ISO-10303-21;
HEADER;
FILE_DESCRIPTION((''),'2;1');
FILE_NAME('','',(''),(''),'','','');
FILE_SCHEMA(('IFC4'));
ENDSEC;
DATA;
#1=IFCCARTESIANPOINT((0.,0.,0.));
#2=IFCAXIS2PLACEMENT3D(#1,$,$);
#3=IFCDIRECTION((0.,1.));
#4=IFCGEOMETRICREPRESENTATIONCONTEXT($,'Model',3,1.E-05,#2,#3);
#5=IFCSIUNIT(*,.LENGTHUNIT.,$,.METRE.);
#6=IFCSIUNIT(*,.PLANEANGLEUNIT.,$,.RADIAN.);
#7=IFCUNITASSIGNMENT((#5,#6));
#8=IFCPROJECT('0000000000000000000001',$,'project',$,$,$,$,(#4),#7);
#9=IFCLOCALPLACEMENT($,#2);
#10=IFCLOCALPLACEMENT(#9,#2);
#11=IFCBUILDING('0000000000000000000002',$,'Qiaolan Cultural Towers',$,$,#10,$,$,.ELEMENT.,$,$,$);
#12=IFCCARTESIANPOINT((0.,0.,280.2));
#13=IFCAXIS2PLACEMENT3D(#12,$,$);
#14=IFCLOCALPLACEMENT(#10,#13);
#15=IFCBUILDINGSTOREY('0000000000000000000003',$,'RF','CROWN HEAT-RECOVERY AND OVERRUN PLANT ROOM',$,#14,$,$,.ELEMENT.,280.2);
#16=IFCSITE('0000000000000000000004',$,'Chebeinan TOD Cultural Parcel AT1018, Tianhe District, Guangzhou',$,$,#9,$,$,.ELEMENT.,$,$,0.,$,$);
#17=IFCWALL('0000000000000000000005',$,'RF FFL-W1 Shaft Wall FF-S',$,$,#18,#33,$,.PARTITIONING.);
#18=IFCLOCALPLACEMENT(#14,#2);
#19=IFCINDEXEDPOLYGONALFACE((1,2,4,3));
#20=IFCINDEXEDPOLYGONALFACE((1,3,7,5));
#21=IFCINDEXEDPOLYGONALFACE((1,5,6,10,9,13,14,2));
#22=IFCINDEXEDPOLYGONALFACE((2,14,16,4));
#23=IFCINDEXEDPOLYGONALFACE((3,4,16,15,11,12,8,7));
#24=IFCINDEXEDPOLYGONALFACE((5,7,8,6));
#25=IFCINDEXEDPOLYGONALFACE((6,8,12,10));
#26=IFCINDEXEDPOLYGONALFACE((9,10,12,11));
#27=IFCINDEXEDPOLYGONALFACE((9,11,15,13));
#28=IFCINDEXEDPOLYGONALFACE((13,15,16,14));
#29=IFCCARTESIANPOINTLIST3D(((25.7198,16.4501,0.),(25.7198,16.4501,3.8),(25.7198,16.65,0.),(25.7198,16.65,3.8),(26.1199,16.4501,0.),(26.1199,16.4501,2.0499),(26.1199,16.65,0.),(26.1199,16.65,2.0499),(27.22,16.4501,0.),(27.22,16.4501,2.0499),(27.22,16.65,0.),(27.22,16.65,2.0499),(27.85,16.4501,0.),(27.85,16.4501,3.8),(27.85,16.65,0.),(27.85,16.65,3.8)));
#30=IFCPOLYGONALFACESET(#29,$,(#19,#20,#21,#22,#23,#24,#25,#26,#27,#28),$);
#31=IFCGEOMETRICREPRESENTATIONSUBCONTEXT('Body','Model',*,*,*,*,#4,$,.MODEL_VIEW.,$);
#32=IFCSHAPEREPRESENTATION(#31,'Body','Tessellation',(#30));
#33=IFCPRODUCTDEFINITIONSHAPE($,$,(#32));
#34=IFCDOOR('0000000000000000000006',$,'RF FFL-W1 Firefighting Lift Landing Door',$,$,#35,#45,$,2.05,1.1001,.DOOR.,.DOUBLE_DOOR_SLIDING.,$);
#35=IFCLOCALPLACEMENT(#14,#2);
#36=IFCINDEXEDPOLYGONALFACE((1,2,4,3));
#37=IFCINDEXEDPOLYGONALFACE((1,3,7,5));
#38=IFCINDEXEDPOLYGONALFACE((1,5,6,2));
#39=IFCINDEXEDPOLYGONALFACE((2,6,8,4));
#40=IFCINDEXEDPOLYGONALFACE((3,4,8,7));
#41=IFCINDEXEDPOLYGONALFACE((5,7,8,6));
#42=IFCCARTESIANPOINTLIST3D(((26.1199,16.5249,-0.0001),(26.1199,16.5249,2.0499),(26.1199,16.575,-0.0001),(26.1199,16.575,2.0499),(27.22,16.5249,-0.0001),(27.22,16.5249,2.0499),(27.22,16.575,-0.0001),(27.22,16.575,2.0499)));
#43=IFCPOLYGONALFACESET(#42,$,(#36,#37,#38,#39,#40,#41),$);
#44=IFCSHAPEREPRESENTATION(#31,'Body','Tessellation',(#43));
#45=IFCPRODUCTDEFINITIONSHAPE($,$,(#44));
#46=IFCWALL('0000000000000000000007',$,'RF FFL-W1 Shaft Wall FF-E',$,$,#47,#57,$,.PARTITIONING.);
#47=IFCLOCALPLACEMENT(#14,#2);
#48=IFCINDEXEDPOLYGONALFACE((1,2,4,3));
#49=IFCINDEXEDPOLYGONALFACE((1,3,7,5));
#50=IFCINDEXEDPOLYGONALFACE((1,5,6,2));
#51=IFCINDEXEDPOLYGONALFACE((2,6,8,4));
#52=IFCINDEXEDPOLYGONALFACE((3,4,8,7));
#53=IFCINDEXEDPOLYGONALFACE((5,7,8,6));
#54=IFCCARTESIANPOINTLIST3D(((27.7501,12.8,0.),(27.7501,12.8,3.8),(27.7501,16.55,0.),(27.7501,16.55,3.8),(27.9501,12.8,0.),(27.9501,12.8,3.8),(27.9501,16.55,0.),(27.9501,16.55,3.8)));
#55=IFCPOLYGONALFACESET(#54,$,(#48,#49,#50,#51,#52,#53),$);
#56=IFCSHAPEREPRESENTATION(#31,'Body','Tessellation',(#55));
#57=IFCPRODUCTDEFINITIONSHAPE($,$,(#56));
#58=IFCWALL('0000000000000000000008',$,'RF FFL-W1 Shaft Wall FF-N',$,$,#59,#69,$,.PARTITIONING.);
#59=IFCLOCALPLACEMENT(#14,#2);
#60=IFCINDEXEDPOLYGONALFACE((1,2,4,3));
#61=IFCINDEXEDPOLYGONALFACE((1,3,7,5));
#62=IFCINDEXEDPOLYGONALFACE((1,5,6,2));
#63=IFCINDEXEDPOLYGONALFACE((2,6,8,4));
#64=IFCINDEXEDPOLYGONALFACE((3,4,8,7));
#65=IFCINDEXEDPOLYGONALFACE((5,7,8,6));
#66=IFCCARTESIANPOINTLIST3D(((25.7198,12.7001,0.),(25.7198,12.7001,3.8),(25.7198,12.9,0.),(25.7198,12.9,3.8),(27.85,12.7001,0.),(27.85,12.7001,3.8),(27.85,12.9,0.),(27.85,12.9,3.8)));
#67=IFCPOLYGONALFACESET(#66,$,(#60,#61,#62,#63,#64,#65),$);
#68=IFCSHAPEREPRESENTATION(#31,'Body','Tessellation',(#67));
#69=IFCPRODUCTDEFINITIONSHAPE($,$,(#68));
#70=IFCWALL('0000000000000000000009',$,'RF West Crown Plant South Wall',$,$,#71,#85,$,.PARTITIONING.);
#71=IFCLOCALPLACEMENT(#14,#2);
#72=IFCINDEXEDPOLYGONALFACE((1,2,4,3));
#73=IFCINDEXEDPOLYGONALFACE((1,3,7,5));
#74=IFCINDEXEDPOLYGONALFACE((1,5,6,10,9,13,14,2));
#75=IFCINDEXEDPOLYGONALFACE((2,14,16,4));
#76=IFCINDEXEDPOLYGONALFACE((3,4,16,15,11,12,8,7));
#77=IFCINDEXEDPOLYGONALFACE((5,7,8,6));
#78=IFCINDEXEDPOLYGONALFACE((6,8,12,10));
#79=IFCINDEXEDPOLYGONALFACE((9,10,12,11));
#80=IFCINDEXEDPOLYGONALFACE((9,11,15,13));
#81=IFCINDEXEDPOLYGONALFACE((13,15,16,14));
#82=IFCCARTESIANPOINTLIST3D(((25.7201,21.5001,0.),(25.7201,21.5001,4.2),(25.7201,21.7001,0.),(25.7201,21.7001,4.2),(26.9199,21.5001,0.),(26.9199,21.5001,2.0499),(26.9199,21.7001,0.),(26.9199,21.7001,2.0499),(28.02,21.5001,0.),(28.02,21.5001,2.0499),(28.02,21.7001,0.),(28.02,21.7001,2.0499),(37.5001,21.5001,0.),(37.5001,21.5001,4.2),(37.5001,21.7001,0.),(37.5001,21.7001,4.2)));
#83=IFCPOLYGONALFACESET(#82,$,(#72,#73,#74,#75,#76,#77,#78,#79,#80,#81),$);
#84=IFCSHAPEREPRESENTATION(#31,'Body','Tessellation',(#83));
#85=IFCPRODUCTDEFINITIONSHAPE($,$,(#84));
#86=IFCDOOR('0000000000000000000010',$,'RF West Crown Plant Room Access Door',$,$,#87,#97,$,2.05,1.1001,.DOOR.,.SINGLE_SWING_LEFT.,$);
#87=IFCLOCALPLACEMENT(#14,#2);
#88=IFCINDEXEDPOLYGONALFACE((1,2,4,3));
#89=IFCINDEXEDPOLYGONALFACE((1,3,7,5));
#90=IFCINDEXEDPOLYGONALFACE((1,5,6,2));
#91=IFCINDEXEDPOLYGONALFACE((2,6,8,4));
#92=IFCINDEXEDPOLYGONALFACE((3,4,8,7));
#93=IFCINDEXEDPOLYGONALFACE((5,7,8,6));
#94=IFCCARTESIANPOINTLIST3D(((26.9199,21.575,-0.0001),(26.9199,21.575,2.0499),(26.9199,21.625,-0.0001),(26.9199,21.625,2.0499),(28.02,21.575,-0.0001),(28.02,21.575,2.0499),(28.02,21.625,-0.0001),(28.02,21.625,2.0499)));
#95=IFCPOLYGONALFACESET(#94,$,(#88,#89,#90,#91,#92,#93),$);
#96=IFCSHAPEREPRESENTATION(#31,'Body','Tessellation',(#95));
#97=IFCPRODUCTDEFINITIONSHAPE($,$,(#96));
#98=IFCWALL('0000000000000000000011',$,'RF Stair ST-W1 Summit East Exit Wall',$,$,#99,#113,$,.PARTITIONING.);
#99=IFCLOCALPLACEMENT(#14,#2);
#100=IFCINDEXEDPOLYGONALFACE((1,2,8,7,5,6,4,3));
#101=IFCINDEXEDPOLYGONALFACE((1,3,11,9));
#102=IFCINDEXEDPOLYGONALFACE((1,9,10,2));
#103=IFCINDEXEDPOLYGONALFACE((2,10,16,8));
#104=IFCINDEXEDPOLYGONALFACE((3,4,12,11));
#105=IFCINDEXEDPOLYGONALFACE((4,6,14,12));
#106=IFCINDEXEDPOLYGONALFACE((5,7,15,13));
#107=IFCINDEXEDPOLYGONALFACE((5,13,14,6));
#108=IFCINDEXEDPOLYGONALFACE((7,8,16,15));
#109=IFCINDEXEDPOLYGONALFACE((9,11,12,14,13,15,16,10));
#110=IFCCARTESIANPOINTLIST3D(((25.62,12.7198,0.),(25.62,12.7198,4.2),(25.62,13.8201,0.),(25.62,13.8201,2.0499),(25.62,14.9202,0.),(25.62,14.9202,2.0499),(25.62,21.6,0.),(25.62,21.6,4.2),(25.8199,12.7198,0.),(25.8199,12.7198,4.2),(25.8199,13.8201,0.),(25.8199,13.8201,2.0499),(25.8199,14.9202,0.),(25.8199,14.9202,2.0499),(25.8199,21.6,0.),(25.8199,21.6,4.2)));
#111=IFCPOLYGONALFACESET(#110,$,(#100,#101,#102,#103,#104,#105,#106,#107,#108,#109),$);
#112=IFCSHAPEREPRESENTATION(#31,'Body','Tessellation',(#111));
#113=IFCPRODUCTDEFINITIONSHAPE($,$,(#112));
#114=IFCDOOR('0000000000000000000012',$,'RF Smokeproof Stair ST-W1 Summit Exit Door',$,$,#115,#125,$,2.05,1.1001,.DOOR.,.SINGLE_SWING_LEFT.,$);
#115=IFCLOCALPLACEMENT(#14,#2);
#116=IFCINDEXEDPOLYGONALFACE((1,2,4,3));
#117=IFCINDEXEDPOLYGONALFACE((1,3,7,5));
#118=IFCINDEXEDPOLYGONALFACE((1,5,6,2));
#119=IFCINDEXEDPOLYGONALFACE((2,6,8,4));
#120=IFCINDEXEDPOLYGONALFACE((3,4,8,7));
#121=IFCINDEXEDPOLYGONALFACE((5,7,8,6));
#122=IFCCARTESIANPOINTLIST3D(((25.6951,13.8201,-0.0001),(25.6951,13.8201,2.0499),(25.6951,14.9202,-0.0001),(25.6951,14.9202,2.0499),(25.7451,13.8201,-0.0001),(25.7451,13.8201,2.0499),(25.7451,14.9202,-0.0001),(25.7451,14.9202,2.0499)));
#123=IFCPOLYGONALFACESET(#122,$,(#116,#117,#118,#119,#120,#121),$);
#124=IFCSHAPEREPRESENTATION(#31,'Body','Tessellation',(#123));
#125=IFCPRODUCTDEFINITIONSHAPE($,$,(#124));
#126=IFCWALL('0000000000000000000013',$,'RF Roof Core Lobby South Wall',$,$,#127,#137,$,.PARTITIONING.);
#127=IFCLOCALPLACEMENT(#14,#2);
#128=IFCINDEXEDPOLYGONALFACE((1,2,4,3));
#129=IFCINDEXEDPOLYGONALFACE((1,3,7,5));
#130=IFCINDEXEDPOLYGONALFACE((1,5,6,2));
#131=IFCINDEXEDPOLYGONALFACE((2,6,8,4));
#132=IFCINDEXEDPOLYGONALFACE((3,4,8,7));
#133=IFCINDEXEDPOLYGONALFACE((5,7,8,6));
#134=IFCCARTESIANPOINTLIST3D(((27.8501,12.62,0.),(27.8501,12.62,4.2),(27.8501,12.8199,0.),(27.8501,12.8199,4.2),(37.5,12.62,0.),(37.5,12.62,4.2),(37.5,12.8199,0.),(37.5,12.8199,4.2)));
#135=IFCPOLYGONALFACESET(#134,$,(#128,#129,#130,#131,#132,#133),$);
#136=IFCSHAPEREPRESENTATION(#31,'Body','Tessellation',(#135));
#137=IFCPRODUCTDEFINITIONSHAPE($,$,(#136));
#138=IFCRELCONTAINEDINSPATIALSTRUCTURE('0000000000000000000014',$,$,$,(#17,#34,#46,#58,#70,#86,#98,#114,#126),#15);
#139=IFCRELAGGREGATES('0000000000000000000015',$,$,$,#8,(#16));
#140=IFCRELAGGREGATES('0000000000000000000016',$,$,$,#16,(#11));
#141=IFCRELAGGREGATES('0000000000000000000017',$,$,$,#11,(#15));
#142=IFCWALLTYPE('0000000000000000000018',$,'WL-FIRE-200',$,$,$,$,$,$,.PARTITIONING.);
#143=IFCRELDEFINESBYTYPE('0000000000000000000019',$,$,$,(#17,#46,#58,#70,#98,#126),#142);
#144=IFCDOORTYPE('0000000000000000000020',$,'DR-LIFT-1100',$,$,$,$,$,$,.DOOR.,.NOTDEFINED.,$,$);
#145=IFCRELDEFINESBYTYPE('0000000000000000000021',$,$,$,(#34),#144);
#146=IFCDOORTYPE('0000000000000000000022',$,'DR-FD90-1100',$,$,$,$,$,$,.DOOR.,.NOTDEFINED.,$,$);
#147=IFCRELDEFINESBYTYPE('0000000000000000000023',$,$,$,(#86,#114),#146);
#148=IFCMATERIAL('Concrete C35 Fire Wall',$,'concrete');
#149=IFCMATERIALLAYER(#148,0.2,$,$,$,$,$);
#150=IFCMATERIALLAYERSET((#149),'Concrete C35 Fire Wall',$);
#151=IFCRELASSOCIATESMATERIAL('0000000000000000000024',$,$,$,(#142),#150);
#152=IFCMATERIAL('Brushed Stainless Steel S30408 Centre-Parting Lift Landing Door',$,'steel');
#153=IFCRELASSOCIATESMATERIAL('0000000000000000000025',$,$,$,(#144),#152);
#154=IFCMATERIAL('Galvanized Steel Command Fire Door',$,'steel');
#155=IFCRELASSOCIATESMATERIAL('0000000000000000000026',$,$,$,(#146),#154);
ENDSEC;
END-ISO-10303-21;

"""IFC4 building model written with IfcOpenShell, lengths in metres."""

from ifc_helpers import new_model, si_unit, direction, frame, frame_2d, origin, place, context, subcontext, project, spatial, rectangle, extrude, material, layer, layer_set, type_object, element, fill, save


model = new_model("IFC4")

# Units and contexts
model_context = context("Model", 3, precision=1e-05, world=origin(), true_north=direction((0.0, 1.0)))
body_context = subcontext(model_context, "Body", "Model", "MODEL_VIEW")
ifc_project = project(units=[si_unit("LENGTHUNIT", "METRE"), si_unit("PLANEANGLEUNIT", "RADIAN")], contexts=[model_context])

# Site, building, storey
site_placement = place(None, origin())
site = spatial("IfcSite", under=ifc_project, at=site_placement, Name="Chebeinan TOD Cultural Parcel AT1018, Tianhe District, Guangzhou", CompositionType="ELEMENT", RefElevation=0.0)
building_placement = place(site_placement, origin())
building = spatial("IfcBuilding", under=site, at=building_placement, Name="Qiaolan Cultural Towers", CompositionType="ELEMENT")
storey_placement = place(building_placement, frame((0.0, 0.0, 280.2)))
storey = spatial("IfcBuildingStorey", under=building, at=storey_placement, Name="RF", Description="CROWN HEAT-RECOVERY AND OVERRUN PLANT ROOM", CompositionType="ELEMENT", Elevation=280.2)

# Wall, opening, door
ifc_material_1 = material(Name="Concrete C35 Fire Wall", Category="concrete")
ifc_layer_1 = layer(ifc_material_1, 0.2)
ifc_layer_set_1 = layer_set([ifc_layer_1], Name="Concrete C35 Fire Wall")
wall_type_1 = type_object("IfcWallType", Name="WL-FIRE-200", PredefinedType="PARTITIONING", material=ifc_layer_set_1)
wall_1_placement = place(storey_placement, frame((25.72, 16.55, 0.0), z_axis=(0.0, 0.0, 1.0), x_axis=(1.0, 0.0, 0.0)))
wall_1 = element("IfcWall", 1, at=wall_1_placement, inside=storey, type_object=wall_type_1, Name="RF FFL-W1 Shaft Wall FF-S", PredefinedType="PARTITIONING", context=body_context, shape_type="SweptSolid", body=[
    extrude(rectangle(XDim=2.1301, YDim=0.2, at=frame_2d((1.0649, 0.0))), origin(), (0.0, 0.0, 1.0), 3.8),
])
opening_1_placement = place(wall_1_placement, frame((0.3999, 0.0, 0.0)))
opening_1 = element("IfcOpeningElement", 2, at=opening_1_placement, cuts=wall_1, PredefinedType="OPENING", context=body_context, shape_type="SweptSolid", body=[
    extrude(rectangle(XDim=1.1001, YDim=2.05, at=frame_2d((0.55, 1.0249))), frame((0.0, 0.1099, 0.0), z_axis=(0.0, -1.0, 0.0), x_axis=(1.0, 0.0, 0.0)), (0.0, 0.0, 1.0), 0.22),
])
ifc_material_2 = material(Name="Brushed Stainless Steel S30408 Centre-Parting Lift Landing Door", Category="steel")
door_type_1 = type_object("IfcDoorType", Name="DR-LIFT-1100", OperationType="NOTDEFINED", PredefinedType="DOOR", material=ifc_material_2)
door_1_placement = place(opening_1_placement, origin())
door_1 = element("IfcDoor", 3, at=door_1_placement, inside=storey, type_object=door_type_1, Name="RF FFL-W1 Firefighting Lift Landing Door", OperationType="DOUBLE_DOOR_SLIDING", OverallHeight=2.05, OverallWidth=1.1001, PredefinedType="DOOR", context=body_context, shape_type="SweptSolid", body=[
    extrude(rectangle(XDim=1.1001, YDim=2.05, at=frame_2d((0.55, 1.0249))), frame((0.0, 0.0249, 0.0), z_axis=(0.0, -1.0, 0.0), x_axis=(1.0, 0.0, 0.0)), (0.0, 0.0, 1.0), 0.05),
])
fill(opening_1, door_1)

# Walls
wall_2_placement = place(storey_placement, frame((27.8501, 16.55, 0.0), z_axis=(0.0, 0.0, 1.0), x_axis=(0.0, -1.0, 0.0)))
element("IfcWall", 4, at=wall_2_placement, inside=storey, type_object=wall_type_1, Name="RF FFL-W1 Shaft Wall FF-E", PredefinedType="PARTITIONING", context=body_context, shape_type="SweptSolid", body=[
    extrude(rectangle(XDim=3.75, YDim=0.2, at=frame_2d((1.875, 0.0))), origin(), (0.0, 0.0, 1.0), 3.8),
])
wall_3_placement = place(storey_placement, frame((25.72, 12.8, 0.0), z_axis=(0.0, 0.0, 1.0), x_axis=(1.0, 0.0, 0.0)))
element("IfcWall", 5, at=wall_3_placement, inside=storey, type_object=wall_type_1, Name="RF FFL-W1 Shaft Wall FF-N", PredefinedType="PARTITIONING", context=body_context, shape_type="SweptSolid", body=[
    extrude(rectangle(XDim=2.1301, YDim=0.2, at=frame_2d((1.0649, 0.0))), origin(), (0.0, 0.0, 1.0), 3.8),
])

# Walls, openings, doors
wall_4_placement = place(storey_placement, frame((25.72, 21.6001, 0.0), z_axis=(0.0, 0.0, 1.0), x_axis=(1.0, 0.0, 0.0)))
wall_4 = element("IfcWall", 6, at=wall_4_placement, inside=storey, type_object=wall_type_1, Name="RF West Crown Plant South Wall", PredefinedType="PARTITIONING", context=body_context, shape_type="SweptSolid", body=[
    extrude(rectangle(XDim=11.78, YDim=0.2, at=frame_2d((5.8901, 0.0))), origin(), (0.0, 0.0, 1.0), 4.2),
])
opening_2_placement = place(wall_4_placement, frame((1.2, 0.0, 0.0)))
opening_2 = element("IfcOpeningElement", 7, at=opening_2_placement, cuts=wall_4, PredefinedType="OPENING", context=body_context, shape_type="SweptSolid", body=[
    extrude(rectangle(XDim=1.1001, YDim=2.05, at=frame_2d((0.55, 1.0249))), frame((0.0, 0.1099, 0.0), z_axis=(0.0, -1.0, 0.0), x_axis=(1.0, 0.0, 0.0)), (0.0, 0.0, 1.0), 0.22),
])
ifc_material_3 = material(Name="Galvanized Steel Command Fire Door", Category="steel")
door_type_2 = type_object("IfcDoorType", Name="DR-FD90-1100", OperationType="NOTDEFINED", PredefinedType="DOOR", material=ifc_material_3)
door_2_placement = place(opening_2_placement, origin())
door_2 = element("IfcDoor", 8, at=door_2_placement, inside=storey, type_object=door_type_2, Name="RF West Crown Plant Room Access Door", OperationType="SINGLE_SWING_LEFT", OverallHeight=2.05, OverallWidth=1.1001, PredefinedType="DOOR", context=body_context, shape_type="SweptSolid", body=[
    extrude(rectangle(XDim=1.1001, YDim=2.05, at=frame_2d((0.55, 1.0249))), frame((0.0, 0.0249, 0.0), z_axis=(0.0, -1.0, 0.0), x_axis=(1.0, 0.0, 0.0)), (0.0, 0.0, 1.0), 0.05),
])
fill(opening_2, door_2)
wall_5_placement = place(storey_placement, frame((25.72, 12.72, 0.0), z_axis=(0.0, 0.0, 1.0), x_axis=(0.0, 1.0, 0.0)))
wall_5 = element("IfcWall", 9, at=wall_5_placement, inside=storey, type_object=wall_type_1, Name="RF Stair ST-W1 Summit East Exit Wall", PredefinedType="PARTITIONING", context=body_context, shape_type="SweptSolid", body=[
    extrude(rectangle(XDim=8.8801, YDim=0.2, at=frame_2d((4.4399, 0.0))), origin(), (0.0, 0.0, 1.0), 4.2),
])
opening_3_placement = place(wall_5_placement, frame((1.1001, 0.0, 0.0)))
opening_3 = element("IfcOpeningElement", 10, at=opening_3_placement, cuts=wall_5, PredefinedType="OPENING", context=body_context, shape_type="SweptSolid", body=[
    extrude(rectangle(XDim=1.1001, YDim=2.05, at=frame_2d((0.55, 1.0249))), frame((0.0, 0.1099, 0.0), z_axis=(0.0, -1.0, 0.0), x_axis=(1.0, 0.0, 0.0)), (0.0, 0.0, 1.0), 0.22),
])
door_3_placement = place(opening_3_placement, origin())
door_3 = element("IfcDoor", 11, at=door_3_placement, inside=storey, type_object=door_type_2, Name="RF Smokeproof Stair ST-W1 Summit Exit Door", OperationType="SINGLE_SWING_LEFT", OverallHeight=2.05, OverallWidth=1.1001, PredefinedType="DOOR", context=body_context, shape_type="SweptSolid", body=[
    extrude(rectangle(XDim=1.1001, YDim=2.05, at=frame_2d((0.55, 1.0249))), frame((0.0, 0.0249, 0.0), z_axis=(0.0, -1.0, 0.0), x_axis=(1.0, 0.0, 0.0)), (0.0, 0.0, 1.0), 0.05),
])
fill(opening_3, door_3)

# Wall
wall_6_placement = place(storey_placement, frame((27.8501, 12.72, 0.0), z_axis=(0.0, 0.0, 1.0), x_axis=(1.0, 0.0, 0.0)))
element("IfcWall", 12, at=wall_6_placement, inside=storey, type_object=wall_type_1, Name="RF Roof Core Lobby South Wall", PredefinedType="PARTITIONING", context=body_context, shape_type="SweptSolid", body=[
    extrude(rectangle(XDim=9.6499, YDim=0.2, at=frame_2d((4.825, 0.0))), origin(), (0.0, 0.0, 1.0), 4.2),
])

save(model, "model.ifc")
